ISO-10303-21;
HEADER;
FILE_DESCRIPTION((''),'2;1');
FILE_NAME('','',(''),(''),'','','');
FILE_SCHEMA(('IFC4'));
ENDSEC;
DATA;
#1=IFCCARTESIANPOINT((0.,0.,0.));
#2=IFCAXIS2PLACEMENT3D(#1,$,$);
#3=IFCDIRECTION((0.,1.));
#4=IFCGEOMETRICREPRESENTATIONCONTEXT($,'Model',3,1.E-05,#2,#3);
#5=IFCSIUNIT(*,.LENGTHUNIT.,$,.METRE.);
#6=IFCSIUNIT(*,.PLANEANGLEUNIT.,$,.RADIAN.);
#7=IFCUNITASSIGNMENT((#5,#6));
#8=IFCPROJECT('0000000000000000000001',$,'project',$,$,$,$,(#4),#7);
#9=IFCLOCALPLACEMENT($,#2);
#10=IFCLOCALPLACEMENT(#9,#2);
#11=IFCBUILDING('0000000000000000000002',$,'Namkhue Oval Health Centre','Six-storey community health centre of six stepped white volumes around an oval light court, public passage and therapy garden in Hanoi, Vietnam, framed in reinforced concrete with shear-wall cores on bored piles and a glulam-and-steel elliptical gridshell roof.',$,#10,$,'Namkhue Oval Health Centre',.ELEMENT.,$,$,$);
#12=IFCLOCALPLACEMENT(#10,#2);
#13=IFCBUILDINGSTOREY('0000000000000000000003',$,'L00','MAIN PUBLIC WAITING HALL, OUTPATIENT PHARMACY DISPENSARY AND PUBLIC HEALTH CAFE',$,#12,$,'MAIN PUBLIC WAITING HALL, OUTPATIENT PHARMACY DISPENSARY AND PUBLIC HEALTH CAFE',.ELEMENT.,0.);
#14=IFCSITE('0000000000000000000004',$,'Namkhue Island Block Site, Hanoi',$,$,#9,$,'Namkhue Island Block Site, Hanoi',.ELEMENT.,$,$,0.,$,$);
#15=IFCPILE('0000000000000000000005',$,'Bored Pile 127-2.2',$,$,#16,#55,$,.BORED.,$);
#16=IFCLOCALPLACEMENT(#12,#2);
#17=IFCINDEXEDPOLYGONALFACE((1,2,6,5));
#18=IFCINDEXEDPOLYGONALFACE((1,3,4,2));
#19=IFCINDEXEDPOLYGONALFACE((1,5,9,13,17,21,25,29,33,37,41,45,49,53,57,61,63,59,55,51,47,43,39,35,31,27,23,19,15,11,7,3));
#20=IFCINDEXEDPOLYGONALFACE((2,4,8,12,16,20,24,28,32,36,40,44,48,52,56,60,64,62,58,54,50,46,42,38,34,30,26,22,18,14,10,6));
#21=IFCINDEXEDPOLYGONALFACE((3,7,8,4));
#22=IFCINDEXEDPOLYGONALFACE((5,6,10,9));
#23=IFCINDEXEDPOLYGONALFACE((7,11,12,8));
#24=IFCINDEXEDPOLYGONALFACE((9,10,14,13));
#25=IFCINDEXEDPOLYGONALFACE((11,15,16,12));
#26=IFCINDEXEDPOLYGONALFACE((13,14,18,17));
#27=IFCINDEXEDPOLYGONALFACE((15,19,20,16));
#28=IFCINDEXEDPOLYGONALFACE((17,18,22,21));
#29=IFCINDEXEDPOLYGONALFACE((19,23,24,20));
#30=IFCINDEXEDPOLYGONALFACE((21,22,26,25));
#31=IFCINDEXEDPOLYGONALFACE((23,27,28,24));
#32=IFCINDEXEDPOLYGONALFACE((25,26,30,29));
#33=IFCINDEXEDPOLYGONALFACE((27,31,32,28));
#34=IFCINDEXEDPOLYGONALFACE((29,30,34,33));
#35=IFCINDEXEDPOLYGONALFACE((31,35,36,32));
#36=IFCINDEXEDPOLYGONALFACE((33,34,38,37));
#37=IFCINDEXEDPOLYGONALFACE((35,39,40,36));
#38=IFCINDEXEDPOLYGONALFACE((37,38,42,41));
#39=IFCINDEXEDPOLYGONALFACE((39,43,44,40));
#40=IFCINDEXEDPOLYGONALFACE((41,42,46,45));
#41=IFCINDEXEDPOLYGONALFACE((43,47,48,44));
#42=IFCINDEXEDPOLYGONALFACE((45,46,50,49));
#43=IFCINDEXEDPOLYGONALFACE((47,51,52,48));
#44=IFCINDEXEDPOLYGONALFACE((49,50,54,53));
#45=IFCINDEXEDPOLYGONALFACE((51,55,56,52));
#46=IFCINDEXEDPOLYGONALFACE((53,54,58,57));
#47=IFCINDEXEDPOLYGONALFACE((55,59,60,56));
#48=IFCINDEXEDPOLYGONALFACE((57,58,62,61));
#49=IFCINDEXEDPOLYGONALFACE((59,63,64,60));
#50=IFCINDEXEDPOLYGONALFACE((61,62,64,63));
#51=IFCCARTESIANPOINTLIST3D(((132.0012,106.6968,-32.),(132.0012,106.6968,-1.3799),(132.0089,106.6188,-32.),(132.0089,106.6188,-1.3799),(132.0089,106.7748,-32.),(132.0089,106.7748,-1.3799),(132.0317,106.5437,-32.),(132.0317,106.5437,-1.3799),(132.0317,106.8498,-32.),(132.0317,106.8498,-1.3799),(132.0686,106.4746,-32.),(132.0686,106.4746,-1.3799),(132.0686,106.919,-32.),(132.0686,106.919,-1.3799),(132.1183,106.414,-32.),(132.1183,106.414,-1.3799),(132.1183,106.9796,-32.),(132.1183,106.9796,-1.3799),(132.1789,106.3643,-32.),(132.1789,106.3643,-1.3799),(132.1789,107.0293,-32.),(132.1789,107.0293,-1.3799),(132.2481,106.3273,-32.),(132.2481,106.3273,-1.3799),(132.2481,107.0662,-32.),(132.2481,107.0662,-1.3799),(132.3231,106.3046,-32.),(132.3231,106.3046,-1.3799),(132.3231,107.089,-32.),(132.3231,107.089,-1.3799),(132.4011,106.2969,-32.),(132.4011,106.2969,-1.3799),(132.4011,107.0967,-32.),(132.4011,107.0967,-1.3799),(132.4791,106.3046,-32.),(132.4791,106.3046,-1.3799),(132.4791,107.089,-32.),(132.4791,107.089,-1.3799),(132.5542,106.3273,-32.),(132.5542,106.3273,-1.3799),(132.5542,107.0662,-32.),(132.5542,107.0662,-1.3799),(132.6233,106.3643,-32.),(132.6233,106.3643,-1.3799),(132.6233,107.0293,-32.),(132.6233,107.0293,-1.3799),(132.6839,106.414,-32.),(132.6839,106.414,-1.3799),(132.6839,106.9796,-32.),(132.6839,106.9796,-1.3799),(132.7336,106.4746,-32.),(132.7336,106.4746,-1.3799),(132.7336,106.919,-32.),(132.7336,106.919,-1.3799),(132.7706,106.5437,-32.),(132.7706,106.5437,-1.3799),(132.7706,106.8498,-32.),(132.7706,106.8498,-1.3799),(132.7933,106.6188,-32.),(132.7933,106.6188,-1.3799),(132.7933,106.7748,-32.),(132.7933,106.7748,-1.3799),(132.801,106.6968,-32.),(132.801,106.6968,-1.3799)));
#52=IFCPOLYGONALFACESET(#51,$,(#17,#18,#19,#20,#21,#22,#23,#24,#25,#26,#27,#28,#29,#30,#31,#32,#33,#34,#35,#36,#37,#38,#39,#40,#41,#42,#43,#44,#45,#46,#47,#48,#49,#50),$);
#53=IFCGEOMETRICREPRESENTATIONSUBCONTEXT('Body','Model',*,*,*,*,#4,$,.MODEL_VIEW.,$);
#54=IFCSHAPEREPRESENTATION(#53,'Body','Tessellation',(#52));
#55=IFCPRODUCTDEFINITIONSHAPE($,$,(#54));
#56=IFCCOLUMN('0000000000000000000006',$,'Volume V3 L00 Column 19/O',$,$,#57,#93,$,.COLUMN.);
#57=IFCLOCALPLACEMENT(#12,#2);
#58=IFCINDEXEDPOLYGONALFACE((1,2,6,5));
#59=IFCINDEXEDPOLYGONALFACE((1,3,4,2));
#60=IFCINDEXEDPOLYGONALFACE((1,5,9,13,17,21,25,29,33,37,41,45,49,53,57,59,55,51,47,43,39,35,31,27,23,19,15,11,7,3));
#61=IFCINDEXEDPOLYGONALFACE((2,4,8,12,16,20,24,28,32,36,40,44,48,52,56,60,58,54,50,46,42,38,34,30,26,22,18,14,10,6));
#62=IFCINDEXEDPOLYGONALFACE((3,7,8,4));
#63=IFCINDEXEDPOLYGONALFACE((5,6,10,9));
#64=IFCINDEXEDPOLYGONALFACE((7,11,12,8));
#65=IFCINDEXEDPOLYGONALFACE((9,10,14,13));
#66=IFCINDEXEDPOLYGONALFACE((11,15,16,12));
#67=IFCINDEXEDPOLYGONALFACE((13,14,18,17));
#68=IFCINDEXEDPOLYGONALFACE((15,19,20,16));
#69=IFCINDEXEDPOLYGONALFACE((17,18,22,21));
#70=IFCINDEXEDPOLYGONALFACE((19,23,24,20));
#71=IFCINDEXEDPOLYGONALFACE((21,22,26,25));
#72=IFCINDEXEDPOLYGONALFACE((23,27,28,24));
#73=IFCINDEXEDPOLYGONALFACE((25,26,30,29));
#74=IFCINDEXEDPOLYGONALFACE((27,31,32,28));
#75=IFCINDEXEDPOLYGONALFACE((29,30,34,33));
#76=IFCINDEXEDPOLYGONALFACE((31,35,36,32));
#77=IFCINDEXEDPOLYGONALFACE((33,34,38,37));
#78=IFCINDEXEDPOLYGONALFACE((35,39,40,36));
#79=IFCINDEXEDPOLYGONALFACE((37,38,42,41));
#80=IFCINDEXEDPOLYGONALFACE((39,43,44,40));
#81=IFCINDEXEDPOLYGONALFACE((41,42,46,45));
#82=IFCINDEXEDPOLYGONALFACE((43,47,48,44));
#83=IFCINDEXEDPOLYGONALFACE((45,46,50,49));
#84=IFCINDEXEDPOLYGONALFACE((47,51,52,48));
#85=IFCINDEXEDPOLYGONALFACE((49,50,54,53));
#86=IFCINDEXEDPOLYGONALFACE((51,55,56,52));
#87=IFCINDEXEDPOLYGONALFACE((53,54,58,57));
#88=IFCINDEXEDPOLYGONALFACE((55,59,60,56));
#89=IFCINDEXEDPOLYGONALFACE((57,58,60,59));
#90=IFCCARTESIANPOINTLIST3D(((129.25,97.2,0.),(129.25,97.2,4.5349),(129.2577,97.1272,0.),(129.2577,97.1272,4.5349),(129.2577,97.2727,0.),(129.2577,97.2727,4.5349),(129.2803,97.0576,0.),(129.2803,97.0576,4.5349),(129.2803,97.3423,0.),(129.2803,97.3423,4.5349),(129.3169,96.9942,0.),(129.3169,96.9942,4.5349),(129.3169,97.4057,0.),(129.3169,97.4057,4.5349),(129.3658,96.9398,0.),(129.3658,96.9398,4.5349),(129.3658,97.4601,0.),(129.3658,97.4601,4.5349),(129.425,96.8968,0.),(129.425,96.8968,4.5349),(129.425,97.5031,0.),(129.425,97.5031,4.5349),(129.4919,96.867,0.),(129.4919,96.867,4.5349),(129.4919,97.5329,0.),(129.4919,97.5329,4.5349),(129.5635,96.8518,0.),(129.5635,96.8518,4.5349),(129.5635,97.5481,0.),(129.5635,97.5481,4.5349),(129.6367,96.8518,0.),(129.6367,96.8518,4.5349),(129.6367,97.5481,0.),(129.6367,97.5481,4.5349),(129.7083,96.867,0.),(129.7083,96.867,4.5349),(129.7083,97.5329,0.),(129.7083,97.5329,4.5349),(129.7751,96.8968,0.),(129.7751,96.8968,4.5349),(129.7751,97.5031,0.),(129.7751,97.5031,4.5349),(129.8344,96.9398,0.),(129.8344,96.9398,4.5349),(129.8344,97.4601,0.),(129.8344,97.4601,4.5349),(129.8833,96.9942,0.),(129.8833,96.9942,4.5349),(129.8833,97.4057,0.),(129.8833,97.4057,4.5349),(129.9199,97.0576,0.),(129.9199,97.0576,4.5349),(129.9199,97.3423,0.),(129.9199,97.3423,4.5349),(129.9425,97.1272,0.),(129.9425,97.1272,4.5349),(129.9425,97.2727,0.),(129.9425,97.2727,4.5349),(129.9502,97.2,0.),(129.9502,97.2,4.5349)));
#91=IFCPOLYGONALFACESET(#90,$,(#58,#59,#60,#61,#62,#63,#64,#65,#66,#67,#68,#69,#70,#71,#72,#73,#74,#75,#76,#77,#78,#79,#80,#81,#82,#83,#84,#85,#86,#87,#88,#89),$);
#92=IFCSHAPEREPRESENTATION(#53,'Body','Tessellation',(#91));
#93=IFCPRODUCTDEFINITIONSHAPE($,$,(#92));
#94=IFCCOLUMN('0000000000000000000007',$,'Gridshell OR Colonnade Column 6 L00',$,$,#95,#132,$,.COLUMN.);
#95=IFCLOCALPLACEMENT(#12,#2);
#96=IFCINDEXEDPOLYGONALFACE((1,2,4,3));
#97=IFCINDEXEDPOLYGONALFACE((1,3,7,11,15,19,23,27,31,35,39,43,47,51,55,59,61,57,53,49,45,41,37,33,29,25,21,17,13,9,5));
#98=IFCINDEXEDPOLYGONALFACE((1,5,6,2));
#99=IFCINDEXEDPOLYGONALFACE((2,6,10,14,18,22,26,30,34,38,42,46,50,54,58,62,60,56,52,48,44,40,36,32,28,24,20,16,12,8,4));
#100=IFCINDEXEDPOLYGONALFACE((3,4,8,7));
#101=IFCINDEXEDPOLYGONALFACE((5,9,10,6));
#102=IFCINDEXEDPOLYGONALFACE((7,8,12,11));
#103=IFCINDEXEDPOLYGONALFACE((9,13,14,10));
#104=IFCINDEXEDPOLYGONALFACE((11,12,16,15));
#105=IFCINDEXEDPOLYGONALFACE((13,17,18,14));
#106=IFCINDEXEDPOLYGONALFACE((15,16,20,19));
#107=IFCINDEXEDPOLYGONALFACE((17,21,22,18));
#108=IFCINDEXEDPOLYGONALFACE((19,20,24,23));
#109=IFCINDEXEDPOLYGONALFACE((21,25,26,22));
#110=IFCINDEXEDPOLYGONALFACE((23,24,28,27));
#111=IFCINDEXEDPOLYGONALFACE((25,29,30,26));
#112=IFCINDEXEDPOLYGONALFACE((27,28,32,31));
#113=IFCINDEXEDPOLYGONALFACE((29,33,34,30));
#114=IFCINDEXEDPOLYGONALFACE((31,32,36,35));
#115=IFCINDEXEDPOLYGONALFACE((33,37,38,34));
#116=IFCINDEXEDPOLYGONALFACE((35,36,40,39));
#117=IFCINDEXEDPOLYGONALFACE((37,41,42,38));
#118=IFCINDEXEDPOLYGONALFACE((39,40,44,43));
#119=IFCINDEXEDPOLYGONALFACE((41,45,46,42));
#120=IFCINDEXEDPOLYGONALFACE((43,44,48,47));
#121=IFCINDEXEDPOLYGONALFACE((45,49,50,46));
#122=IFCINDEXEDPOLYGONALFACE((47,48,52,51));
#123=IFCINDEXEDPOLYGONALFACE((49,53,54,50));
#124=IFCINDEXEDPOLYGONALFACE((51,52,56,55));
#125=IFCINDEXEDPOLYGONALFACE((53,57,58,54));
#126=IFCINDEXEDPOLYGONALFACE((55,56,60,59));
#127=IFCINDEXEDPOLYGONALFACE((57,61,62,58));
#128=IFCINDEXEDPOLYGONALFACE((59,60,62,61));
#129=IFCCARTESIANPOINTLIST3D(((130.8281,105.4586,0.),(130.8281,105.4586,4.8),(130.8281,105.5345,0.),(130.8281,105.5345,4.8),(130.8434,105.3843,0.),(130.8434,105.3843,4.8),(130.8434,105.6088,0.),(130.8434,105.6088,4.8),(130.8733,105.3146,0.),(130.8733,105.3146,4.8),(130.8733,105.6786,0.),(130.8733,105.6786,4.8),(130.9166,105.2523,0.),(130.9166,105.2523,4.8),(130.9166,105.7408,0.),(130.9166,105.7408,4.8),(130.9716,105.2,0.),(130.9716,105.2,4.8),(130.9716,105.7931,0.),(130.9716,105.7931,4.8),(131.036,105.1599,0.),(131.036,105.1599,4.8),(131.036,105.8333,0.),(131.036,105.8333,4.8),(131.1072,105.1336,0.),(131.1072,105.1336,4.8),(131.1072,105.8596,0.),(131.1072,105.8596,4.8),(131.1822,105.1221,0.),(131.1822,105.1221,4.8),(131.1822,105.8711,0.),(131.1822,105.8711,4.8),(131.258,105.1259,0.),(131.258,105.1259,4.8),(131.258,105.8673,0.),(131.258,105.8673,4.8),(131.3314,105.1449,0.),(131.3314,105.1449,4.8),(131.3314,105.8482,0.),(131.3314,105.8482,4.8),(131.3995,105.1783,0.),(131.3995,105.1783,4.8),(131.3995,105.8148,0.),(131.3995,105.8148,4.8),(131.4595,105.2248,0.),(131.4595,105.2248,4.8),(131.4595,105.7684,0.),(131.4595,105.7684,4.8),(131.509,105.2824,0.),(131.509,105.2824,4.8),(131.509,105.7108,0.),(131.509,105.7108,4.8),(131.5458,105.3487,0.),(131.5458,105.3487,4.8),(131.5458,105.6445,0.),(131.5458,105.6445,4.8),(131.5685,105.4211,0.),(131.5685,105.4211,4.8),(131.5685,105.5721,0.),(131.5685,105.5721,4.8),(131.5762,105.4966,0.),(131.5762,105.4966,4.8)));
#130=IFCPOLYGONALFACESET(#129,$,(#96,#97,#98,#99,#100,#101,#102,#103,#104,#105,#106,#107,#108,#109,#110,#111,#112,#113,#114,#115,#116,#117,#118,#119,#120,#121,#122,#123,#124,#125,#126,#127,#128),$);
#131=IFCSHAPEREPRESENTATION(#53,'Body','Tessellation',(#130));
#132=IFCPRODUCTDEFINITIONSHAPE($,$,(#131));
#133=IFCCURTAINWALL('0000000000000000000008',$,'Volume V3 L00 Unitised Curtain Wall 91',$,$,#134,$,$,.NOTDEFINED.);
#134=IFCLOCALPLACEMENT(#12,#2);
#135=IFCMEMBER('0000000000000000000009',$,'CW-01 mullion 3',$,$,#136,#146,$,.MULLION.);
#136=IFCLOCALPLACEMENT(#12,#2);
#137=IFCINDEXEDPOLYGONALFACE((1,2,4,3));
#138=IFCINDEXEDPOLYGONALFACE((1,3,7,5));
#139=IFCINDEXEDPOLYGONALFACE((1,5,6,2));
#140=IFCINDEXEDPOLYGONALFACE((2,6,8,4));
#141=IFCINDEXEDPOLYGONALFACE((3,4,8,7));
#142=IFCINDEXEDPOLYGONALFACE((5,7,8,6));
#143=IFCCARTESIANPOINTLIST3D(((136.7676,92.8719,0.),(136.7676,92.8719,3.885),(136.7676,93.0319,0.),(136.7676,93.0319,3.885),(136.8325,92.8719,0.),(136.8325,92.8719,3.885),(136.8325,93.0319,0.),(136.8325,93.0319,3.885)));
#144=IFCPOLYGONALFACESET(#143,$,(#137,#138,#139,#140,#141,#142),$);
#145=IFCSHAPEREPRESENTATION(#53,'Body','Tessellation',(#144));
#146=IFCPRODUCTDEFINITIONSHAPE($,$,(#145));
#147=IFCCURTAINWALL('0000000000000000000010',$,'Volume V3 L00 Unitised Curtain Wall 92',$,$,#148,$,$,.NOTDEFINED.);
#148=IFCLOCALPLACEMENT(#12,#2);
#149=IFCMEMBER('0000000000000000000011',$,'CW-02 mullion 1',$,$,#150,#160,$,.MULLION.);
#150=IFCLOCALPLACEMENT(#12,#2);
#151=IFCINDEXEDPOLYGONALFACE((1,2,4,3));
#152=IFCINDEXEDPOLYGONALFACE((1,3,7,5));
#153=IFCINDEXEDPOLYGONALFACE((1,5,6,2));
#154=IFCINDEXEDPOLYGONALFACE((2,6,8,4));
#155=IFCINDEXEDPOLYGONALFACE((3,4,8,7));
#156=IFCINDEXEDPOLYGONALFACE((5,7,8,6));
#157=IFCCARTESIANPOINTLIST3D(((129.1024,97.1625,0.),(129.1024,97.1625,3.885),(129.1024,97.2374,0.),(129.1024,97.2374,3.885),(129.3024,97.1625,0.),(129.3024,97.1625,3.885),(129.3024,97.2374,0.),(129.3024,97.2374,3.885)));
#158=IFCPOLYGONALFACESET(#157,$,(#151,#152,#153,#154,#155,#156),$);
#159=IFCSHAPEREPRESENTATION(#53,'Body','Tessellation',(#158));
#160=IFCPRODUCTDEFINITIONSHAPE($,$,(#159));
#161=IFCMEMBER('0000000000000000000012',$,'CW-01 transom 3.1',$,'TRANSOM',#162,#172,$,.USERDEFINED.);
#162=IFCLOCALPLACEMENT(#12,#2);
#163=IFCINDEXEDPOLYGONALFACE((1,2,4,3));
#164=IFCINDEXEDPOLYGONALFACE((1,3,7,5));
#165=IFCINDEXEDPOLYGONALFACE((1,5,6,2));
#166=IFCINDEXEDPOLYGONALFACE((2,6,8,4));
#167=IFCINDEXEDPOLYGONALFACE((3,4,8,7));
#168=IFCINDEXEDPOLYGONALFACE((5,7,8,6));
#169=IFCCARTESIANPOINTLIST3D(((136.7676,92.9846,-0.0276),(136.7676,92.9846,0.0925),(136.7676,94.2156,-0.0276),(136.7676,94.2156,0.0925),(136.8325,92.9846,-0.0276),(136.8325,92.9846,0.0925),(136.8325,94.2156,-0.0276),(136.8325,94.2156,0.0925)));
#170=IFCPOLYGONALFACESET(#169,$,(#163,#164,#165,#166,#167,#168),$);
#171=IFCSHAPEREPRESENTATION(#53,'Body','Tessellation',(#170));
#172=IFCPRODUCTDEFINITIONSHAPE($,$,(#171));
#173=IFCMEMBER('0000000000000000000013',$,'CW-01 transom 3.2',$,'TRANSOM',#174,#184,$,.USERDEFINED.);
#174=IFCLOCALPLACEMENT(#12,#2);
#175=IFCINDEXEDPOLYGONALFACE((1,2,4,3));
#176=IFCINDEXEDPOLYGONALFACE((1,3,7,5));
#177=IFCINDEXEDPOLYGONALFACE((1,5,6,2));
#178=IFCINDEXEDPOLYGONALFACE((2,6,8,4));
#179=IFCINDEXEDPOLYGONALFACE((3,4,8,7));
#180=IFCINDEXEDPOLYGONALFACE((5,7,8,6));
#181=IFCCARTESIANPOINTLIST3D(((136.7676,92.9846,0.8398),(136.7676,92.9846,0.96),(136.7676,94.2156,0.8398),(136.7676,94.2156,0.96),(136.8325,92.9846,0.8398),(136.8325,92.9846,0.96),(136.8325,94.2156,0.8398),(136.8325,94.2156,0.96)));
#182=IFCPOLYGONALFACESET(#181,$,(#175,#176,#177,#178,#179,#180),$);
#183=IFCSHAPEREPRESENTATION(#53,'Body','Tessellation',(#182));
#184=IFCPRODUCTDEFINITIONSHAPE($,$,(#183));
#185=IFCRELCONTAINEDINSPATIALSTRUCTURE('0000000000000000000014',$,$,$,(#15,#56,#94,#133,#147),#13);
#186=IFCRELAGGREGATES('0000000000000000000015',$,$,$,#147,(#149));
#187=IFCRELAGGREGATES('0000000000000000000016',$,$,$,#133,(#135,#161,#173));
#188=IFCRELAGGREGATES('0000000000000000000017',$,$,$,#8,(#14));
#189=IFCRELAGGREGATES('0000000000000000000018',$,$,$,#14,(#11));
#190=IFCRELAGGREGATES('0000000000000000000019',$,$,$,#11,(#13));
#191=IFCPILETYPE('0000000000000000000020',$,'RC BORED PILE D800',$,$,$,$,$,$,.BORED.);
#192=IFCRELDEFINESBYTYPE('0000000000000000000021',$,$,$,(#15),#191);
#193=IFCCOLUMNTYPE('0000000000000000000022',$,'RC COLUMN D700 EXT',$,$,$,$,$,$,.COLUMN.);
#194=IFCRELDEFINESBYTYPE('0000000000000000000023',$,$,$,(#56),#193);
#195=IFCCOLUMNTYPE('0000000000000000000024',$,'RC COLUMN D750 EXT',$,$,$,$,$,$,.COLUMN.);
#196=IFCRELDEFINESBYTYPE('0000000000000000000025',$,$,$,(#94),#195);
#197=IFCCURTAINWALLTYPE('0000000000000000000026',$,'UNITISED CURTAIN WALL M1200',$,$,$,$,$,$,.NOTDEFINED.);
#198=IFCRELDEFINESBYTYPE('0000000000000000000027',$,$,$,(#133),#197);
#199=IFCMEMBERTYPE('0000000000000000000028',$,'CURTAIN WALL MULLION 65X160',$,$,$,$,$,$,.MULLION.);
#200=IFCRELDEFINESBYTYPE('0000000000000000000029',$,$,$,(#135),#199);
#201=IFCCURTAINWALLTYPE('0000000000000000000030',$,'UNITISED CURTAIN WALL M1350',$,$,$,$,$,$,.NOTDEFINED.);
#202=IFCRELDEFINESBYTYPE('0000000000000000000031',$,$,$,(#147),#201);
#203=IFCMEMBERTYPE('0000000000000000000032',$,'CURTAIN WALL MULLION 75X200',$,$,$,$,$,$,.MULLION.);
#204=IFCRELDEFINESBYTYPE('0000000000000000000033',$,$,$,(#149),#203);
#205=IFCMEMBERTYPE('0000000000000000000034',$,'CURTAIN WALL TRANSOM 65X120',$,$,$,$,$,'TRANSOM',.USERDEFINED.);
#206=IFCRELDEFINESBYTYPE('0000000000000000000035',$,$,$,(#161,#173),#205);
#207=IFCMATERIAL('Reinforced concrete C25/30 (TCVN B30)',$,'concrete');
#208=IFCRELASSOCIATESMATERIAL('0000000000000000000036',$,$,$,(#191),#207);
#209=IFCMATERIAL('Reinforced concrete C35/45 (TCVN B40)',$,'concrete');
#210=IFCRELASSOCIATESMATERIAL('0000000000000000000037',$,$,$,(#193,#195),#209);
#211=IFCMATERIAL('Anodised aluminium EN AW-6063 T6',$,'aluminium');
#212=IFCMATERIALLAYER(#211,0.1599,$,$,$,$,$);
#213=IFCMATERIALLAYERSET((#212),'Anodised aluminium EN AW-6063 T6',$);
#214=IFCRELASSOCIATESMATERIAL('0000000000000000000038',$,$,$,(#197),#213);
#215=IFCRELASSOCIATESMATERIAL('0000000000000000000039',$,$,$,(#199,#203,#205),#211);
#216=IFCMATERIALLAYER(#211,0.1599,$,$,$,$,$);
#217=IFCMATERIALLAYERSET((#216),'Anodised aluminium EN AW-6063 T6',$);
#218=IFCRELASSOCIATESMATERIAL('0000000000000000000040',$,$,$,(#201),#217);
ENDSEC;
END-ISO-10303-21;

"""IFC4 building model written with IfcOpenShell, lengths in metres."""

from ifc_helpers import new_model, si_unit, direction, frame, origin, origin_2d, place, context, subcontext, project, spatial, rectangle, circle, extrude, material, layer, layer_set, material_profile, profile_set, type_object, element, aggregate, save


model = new_model("IFC4")

# Units and contexts
model_context = context("Model", 3, precision=1e-05, world=origin(), true_north=direction((0.0, 1.0)))
body_context = subcontext(model_context, "Body", "Model", "MODEL_VIEW")
ifc_project = project(units=[si_unit("LENGTHUNIT", "METRE"), si_unit("PLANEANGLEUNIT", "RADIAN")], contexts=[model_context])

# Site, building, storey
site_placement = place(None, origin())
site = spatial("IfcSite", under=ifc_project, at=site_placement, Name="Namkhue Island Block Site, Hanoi", LongName="Namkhue Island Block Site, Hanoi", CompositionType="ELEMENT", RefElevation=0.0)
building_placement = place(site_placement, origin())
building = spatial("IfcBuilding", under=site, at=building_placement, Name="Namkhue Oval Health Centre", Description="Six-storey community health centre of six stepped white volumes around an oval light court, public passage and therapy garden in Hanoi, Vietnam, framed in reinforced concrete with shear-wall cores on bored piles and a glulam-and-steel elliptical gridshell roof.", LongName="Namkhue Oval Health Centre", CompositionType="ELEMENT")
storey_placement = place(building_placement, origin())
storey = spatial("IfcBuildingStorey", under=building, at=storey_placement, Name="L00", Description="MAIN PUBLIC WAITING HALL, OUTPATIENT PHARMACY DISPENSARY AND PUBLIC HEALTH CAFE", LongName="MAIN PUBLIC WAITING HALL, OUTPATIENT PHARMACY DISPENSARY AND PUBLIC HEALTH CAFE", CompositionType="ELEMENT", Elevation=0.0)

# Pile
ifc_material_1 = material(Name="Reinforced concrete C25/30 (TCVN B30)", Category="concrete")
ifc_material_profile_1 = material_profile(ifc_material_1, circle(Radius=0.3999, at=origin_2d()), Name="BORED PILE D800")
ifc_profile_set_1 = profile_set([ifc_material_profile_1], Name="Reinforced concrete C25/30 (TCVN B30)")
pile_type = type_object("IfcPileType", Name="RC BORED PILE D800", PredefinedType="BORED", material=ifc_profile_set_1)
for number, where, z_axis, x_axis, name in (
    (1, (132.4011, 106.6968, -1.3799), (0.0, 0.0, -1.0), (1.0, 0.0, 0.0), "Bored Pile 127-2.2"),
):
    element("IfcPile", number, at=place(storey_placement, frame(where, z_axis=z_axis, x_axis=x_axis)), inside=storey, type_object=pile_type, Name=name, PredefinedType="BORED", context=body_context, shape_type="SweptSolid", body=[
        extrude(circle(Radius=0.3999, at=origin_2d()), origin(), (0.0, 0.0, 1.0), 30.6201),
    ])

# Columns
ifc_material_2 = material(Name="Reinforced concrete C35/45 (TCVN B40)", Category="concrete")
ifc_material_profile_2 = material_profile(ifc_material_2, circle(Radius=0.3501, at=origin_2d()), Name="RC D700")
ifc_profile_set_2 = profile_set([ifc_material_profile_2], Name="Reinforced concrete C35/45 (TCVN B40)")
column_type_1 = type_object("IfcColumnType", Name="RC COLUMN D700 EXT", PredefinedType="COLUMN", material=ifc_profile_set_2)
column_1_placement = place(storey_placement, frame((129.6001, 97.2, 0.0), z_axis=(0.0, 0.0, 1.0), x_axis=(1.0, 0.0, 0.0)))
element("IfcColumn", 2, at=column_1_placement, inside=storey, type_object=column_type_1, Name="Volume V3 L00 Column 19/O", PredefinedType="COLUMN", context=body_context, shape_type="SweptSolid", body=[
    extrude(circle(Radius=0.3501, at=origin_2d()), origin(), (0.0, 0.0, 1.0), 4.5349),
])
ifc_material_profile_3 = material_profile(ifc_material_2, circle(Radius=0.375, at=origin_2d()), Name="RC D750")
ifc_profile_set_3 = profile_set([ifc_material_profile_3], Name="Reinforced concrete C35/45 (TCVN B40)")
column_type_2 = type_object("IfcColumnType", Name="RC COLUMN D750 EXT", PredefinedType="COLUMN", material=ifc_profile_set_3)
column_2_placement = place(storey_placement, frame((131.2012, 105.4966, 0.0), z_axis=(0.0, 0.0, 1.0), x_axis=(1.0, 0.0, 0.0)))
element("IfcColumn", 3, at=column_2_placement, inside=storey, type_object=column_type_2, Name="Gridshell OR Colonnade Column 6 L00", PredefinedType="COLUMN", context=body_context, shape_type="SweptSolid", body=[
    extrude(circle(Radius=0.375, at=origin_2d()), origin(), (0.0, 0.0, 1.0), 4.8),
])

# Curtain walls, members
ifc_material_3 = material(Name="Anodised aluminium EN AW-6063 T6", Category="aluminium")
ifc_layer_1 = layer(ifc_material_3, 0.1599)
ifc_layer_set_1 = layer_set([ifc_layer_1], Name="Anodised aluminium EN AW-6063 T6")
curtain_wall_type_1 = type_object("IfcCurtainWallType", Name="UNITISED CURTAIN WALL M1200", PredefinedType="NOTDEFINED", material=ifc_layer_set_1)
curtain_wall_1_placement = place(storey_placement, origin())
curtain_wall_1 = element("IfcCurtainWall", 4, at=curtain_wall_1_placement, inside=storey, type_object=curtain_wall_type_1, Name="Volume V3 L00 Unitised Curtain Wall 91", PredefinedType="NOTDEFINED")
ifc_material_profile_4 = material_profile(ifc_material_3, rectangle(XDim=0.0649, YDim=0.1599, at=origin_2d()), Name="ALU 65x160")
ifc_profile_set_4 = profile_set([ifc_material_profile_4], Name="Anodised aluminium EN AW-6063 T6")
member_type_1 = type_object("IfcMemberType", Name="CURTAIN WALL MULLION 65X160", PredefinedType="MULLION", material=ifc_profile_set_4)
member_1_placement = place(storey_placement, frame((136.8, 92.9519, 0.0), z_axis=(0.0, 0.0, 1.0), x_axis=(-1.0, 0.0, 0.0)))
member_1 = element("IfcMember", 5, at=member_1_placement, type_object=member_type_1, Name="CW-01 mullion 3", PredefinedType="MULLION", context=body_context, shape_type="SweptSolid", body=[
    extrude(rectangle(XDim=0.0649, YDim=0.1599, at=origin_2d()), origin(), (0.0, 0.0, 1.0), 3.885),
])
ifc_layer_2 = layer(ifc_material_3, 0.1599)
ifc_layer_set_2 = layer_set([ifc_layer_2], Name="Anodised aluminium EN AW-6063 T6")
curtain_wall_type_2 = type_object("IfcCurtainWallType", Name="UNITISED CURTAIN WALL M1350", PredefinedType="NOTDEFINED", material=ifc_layer_set_2)
curtain_wall_2_placement = place(storey_placement, origin())
curtain_wall_2 = element("IfcCurtainWall", 6, at=curtain_wall_2_placement, inside=storey, type_object=curtain_wall_type_2, Name="Volume V3 L00 Unitised Curtain Wall 92", PredefinedType="NOTDEFINED")
ifc_material_profile_5 = material_profile(ifc_material_3, rectangle(XDim=0.075, YDim=0.2, at=origin_2d()), Name="ALU 75x200")
ifc_profile_set_5 = profile_set([ifc_material_profile_5], Name="Anodised aluminium EN AW-6063 T6")
member_type_2 = type_object("IfcMemberType", Name="CURTAIN WALL MULLION 75X200", PredefinedType="MULLION", material=ifc_profile_set_5)
member_2_placement = place(storey_placement, frame((129.2024, 97.2, 0.0), z_axis=(0.0, 0.0, 1.0), x_axis=(0.0, -1.0, 0.0)))
member_2 = element("IfcMember", 7, at=member_2_placement, type_object=member_type_2, Name="CW-02 mullion 1", PredefinedType="MULLION", context=body_context, shape_type="SweptSolid", body=[
    extrude(rectangle(XDim=0.075, YDim=0.2, at=origin_2d()), origin(), (0.0, 0.0, 1.0), 3.885),
])

# Members
ifc_material_profile_6 = material_profile(ifc_material_3, rectangle(XDim=0.0649, YDim=0.1201, at=origin_2d()), Name="ALU 65x120")
ifc_profile_set_6 = profile_set([ifc_material_profile_6], Name="Anodised aluminium EN AW-6063 T6")
member_type_3 = type_object("IfcMemberType", Name="CURTAIN WALL TRANSOM 65X120", ElementType="TRANSOM", PredefinedType="USERDEFINED", material=ifc_profile_set_6)
member_3_placement = place(storey_placement, frame((136.8, 92.9846, 0.0325), z_axis=(0.0, 1.0, 0.0), x_axis=(-1.0, 0.0, 0.0)))
member_3 = element("IfcMember", 8, at=member_3_placement, type_object=member_type_3, Name="CW-01 transom 3.1", ObjectType="TRANSOM", PredefinedType="USERDEFINED", context=body_context, shape_type="SweptSolid", body=[
    extrude(rectangle(XDim=0.0649, YDim=0.1201, at=origin_2d()), origin(), (0.0, 0.0, 1.0), 1.231),
])
member_4_placement = place(storey_placement, frame((136.8, 92.9846, 0.8999), z_axis=(0.0, 1.0, 0.0), x_axis=(-1.0, 0.0, 0.0)))
member_4 = element("IfcMember", 9, at=member_4_placement, type_object=member_type_3, Name="CW-01 transom 3.2", ObjectType="TRANSOM", PredefinedType="USERDEFINED", context=body_context, shape_type="SweptSolid", body=[
    extrude(rectangle(XDim=0.0649, YDim=0.1201, at=origin_2d()), origin(), (0.0, 0.0, 1.0), 1.231),
])
aggregate(curtain_wall_2, [member_2])

aggregate(curtain_wall_1, [member_1, member_3, member_4])

save(model, "model.ifc")
